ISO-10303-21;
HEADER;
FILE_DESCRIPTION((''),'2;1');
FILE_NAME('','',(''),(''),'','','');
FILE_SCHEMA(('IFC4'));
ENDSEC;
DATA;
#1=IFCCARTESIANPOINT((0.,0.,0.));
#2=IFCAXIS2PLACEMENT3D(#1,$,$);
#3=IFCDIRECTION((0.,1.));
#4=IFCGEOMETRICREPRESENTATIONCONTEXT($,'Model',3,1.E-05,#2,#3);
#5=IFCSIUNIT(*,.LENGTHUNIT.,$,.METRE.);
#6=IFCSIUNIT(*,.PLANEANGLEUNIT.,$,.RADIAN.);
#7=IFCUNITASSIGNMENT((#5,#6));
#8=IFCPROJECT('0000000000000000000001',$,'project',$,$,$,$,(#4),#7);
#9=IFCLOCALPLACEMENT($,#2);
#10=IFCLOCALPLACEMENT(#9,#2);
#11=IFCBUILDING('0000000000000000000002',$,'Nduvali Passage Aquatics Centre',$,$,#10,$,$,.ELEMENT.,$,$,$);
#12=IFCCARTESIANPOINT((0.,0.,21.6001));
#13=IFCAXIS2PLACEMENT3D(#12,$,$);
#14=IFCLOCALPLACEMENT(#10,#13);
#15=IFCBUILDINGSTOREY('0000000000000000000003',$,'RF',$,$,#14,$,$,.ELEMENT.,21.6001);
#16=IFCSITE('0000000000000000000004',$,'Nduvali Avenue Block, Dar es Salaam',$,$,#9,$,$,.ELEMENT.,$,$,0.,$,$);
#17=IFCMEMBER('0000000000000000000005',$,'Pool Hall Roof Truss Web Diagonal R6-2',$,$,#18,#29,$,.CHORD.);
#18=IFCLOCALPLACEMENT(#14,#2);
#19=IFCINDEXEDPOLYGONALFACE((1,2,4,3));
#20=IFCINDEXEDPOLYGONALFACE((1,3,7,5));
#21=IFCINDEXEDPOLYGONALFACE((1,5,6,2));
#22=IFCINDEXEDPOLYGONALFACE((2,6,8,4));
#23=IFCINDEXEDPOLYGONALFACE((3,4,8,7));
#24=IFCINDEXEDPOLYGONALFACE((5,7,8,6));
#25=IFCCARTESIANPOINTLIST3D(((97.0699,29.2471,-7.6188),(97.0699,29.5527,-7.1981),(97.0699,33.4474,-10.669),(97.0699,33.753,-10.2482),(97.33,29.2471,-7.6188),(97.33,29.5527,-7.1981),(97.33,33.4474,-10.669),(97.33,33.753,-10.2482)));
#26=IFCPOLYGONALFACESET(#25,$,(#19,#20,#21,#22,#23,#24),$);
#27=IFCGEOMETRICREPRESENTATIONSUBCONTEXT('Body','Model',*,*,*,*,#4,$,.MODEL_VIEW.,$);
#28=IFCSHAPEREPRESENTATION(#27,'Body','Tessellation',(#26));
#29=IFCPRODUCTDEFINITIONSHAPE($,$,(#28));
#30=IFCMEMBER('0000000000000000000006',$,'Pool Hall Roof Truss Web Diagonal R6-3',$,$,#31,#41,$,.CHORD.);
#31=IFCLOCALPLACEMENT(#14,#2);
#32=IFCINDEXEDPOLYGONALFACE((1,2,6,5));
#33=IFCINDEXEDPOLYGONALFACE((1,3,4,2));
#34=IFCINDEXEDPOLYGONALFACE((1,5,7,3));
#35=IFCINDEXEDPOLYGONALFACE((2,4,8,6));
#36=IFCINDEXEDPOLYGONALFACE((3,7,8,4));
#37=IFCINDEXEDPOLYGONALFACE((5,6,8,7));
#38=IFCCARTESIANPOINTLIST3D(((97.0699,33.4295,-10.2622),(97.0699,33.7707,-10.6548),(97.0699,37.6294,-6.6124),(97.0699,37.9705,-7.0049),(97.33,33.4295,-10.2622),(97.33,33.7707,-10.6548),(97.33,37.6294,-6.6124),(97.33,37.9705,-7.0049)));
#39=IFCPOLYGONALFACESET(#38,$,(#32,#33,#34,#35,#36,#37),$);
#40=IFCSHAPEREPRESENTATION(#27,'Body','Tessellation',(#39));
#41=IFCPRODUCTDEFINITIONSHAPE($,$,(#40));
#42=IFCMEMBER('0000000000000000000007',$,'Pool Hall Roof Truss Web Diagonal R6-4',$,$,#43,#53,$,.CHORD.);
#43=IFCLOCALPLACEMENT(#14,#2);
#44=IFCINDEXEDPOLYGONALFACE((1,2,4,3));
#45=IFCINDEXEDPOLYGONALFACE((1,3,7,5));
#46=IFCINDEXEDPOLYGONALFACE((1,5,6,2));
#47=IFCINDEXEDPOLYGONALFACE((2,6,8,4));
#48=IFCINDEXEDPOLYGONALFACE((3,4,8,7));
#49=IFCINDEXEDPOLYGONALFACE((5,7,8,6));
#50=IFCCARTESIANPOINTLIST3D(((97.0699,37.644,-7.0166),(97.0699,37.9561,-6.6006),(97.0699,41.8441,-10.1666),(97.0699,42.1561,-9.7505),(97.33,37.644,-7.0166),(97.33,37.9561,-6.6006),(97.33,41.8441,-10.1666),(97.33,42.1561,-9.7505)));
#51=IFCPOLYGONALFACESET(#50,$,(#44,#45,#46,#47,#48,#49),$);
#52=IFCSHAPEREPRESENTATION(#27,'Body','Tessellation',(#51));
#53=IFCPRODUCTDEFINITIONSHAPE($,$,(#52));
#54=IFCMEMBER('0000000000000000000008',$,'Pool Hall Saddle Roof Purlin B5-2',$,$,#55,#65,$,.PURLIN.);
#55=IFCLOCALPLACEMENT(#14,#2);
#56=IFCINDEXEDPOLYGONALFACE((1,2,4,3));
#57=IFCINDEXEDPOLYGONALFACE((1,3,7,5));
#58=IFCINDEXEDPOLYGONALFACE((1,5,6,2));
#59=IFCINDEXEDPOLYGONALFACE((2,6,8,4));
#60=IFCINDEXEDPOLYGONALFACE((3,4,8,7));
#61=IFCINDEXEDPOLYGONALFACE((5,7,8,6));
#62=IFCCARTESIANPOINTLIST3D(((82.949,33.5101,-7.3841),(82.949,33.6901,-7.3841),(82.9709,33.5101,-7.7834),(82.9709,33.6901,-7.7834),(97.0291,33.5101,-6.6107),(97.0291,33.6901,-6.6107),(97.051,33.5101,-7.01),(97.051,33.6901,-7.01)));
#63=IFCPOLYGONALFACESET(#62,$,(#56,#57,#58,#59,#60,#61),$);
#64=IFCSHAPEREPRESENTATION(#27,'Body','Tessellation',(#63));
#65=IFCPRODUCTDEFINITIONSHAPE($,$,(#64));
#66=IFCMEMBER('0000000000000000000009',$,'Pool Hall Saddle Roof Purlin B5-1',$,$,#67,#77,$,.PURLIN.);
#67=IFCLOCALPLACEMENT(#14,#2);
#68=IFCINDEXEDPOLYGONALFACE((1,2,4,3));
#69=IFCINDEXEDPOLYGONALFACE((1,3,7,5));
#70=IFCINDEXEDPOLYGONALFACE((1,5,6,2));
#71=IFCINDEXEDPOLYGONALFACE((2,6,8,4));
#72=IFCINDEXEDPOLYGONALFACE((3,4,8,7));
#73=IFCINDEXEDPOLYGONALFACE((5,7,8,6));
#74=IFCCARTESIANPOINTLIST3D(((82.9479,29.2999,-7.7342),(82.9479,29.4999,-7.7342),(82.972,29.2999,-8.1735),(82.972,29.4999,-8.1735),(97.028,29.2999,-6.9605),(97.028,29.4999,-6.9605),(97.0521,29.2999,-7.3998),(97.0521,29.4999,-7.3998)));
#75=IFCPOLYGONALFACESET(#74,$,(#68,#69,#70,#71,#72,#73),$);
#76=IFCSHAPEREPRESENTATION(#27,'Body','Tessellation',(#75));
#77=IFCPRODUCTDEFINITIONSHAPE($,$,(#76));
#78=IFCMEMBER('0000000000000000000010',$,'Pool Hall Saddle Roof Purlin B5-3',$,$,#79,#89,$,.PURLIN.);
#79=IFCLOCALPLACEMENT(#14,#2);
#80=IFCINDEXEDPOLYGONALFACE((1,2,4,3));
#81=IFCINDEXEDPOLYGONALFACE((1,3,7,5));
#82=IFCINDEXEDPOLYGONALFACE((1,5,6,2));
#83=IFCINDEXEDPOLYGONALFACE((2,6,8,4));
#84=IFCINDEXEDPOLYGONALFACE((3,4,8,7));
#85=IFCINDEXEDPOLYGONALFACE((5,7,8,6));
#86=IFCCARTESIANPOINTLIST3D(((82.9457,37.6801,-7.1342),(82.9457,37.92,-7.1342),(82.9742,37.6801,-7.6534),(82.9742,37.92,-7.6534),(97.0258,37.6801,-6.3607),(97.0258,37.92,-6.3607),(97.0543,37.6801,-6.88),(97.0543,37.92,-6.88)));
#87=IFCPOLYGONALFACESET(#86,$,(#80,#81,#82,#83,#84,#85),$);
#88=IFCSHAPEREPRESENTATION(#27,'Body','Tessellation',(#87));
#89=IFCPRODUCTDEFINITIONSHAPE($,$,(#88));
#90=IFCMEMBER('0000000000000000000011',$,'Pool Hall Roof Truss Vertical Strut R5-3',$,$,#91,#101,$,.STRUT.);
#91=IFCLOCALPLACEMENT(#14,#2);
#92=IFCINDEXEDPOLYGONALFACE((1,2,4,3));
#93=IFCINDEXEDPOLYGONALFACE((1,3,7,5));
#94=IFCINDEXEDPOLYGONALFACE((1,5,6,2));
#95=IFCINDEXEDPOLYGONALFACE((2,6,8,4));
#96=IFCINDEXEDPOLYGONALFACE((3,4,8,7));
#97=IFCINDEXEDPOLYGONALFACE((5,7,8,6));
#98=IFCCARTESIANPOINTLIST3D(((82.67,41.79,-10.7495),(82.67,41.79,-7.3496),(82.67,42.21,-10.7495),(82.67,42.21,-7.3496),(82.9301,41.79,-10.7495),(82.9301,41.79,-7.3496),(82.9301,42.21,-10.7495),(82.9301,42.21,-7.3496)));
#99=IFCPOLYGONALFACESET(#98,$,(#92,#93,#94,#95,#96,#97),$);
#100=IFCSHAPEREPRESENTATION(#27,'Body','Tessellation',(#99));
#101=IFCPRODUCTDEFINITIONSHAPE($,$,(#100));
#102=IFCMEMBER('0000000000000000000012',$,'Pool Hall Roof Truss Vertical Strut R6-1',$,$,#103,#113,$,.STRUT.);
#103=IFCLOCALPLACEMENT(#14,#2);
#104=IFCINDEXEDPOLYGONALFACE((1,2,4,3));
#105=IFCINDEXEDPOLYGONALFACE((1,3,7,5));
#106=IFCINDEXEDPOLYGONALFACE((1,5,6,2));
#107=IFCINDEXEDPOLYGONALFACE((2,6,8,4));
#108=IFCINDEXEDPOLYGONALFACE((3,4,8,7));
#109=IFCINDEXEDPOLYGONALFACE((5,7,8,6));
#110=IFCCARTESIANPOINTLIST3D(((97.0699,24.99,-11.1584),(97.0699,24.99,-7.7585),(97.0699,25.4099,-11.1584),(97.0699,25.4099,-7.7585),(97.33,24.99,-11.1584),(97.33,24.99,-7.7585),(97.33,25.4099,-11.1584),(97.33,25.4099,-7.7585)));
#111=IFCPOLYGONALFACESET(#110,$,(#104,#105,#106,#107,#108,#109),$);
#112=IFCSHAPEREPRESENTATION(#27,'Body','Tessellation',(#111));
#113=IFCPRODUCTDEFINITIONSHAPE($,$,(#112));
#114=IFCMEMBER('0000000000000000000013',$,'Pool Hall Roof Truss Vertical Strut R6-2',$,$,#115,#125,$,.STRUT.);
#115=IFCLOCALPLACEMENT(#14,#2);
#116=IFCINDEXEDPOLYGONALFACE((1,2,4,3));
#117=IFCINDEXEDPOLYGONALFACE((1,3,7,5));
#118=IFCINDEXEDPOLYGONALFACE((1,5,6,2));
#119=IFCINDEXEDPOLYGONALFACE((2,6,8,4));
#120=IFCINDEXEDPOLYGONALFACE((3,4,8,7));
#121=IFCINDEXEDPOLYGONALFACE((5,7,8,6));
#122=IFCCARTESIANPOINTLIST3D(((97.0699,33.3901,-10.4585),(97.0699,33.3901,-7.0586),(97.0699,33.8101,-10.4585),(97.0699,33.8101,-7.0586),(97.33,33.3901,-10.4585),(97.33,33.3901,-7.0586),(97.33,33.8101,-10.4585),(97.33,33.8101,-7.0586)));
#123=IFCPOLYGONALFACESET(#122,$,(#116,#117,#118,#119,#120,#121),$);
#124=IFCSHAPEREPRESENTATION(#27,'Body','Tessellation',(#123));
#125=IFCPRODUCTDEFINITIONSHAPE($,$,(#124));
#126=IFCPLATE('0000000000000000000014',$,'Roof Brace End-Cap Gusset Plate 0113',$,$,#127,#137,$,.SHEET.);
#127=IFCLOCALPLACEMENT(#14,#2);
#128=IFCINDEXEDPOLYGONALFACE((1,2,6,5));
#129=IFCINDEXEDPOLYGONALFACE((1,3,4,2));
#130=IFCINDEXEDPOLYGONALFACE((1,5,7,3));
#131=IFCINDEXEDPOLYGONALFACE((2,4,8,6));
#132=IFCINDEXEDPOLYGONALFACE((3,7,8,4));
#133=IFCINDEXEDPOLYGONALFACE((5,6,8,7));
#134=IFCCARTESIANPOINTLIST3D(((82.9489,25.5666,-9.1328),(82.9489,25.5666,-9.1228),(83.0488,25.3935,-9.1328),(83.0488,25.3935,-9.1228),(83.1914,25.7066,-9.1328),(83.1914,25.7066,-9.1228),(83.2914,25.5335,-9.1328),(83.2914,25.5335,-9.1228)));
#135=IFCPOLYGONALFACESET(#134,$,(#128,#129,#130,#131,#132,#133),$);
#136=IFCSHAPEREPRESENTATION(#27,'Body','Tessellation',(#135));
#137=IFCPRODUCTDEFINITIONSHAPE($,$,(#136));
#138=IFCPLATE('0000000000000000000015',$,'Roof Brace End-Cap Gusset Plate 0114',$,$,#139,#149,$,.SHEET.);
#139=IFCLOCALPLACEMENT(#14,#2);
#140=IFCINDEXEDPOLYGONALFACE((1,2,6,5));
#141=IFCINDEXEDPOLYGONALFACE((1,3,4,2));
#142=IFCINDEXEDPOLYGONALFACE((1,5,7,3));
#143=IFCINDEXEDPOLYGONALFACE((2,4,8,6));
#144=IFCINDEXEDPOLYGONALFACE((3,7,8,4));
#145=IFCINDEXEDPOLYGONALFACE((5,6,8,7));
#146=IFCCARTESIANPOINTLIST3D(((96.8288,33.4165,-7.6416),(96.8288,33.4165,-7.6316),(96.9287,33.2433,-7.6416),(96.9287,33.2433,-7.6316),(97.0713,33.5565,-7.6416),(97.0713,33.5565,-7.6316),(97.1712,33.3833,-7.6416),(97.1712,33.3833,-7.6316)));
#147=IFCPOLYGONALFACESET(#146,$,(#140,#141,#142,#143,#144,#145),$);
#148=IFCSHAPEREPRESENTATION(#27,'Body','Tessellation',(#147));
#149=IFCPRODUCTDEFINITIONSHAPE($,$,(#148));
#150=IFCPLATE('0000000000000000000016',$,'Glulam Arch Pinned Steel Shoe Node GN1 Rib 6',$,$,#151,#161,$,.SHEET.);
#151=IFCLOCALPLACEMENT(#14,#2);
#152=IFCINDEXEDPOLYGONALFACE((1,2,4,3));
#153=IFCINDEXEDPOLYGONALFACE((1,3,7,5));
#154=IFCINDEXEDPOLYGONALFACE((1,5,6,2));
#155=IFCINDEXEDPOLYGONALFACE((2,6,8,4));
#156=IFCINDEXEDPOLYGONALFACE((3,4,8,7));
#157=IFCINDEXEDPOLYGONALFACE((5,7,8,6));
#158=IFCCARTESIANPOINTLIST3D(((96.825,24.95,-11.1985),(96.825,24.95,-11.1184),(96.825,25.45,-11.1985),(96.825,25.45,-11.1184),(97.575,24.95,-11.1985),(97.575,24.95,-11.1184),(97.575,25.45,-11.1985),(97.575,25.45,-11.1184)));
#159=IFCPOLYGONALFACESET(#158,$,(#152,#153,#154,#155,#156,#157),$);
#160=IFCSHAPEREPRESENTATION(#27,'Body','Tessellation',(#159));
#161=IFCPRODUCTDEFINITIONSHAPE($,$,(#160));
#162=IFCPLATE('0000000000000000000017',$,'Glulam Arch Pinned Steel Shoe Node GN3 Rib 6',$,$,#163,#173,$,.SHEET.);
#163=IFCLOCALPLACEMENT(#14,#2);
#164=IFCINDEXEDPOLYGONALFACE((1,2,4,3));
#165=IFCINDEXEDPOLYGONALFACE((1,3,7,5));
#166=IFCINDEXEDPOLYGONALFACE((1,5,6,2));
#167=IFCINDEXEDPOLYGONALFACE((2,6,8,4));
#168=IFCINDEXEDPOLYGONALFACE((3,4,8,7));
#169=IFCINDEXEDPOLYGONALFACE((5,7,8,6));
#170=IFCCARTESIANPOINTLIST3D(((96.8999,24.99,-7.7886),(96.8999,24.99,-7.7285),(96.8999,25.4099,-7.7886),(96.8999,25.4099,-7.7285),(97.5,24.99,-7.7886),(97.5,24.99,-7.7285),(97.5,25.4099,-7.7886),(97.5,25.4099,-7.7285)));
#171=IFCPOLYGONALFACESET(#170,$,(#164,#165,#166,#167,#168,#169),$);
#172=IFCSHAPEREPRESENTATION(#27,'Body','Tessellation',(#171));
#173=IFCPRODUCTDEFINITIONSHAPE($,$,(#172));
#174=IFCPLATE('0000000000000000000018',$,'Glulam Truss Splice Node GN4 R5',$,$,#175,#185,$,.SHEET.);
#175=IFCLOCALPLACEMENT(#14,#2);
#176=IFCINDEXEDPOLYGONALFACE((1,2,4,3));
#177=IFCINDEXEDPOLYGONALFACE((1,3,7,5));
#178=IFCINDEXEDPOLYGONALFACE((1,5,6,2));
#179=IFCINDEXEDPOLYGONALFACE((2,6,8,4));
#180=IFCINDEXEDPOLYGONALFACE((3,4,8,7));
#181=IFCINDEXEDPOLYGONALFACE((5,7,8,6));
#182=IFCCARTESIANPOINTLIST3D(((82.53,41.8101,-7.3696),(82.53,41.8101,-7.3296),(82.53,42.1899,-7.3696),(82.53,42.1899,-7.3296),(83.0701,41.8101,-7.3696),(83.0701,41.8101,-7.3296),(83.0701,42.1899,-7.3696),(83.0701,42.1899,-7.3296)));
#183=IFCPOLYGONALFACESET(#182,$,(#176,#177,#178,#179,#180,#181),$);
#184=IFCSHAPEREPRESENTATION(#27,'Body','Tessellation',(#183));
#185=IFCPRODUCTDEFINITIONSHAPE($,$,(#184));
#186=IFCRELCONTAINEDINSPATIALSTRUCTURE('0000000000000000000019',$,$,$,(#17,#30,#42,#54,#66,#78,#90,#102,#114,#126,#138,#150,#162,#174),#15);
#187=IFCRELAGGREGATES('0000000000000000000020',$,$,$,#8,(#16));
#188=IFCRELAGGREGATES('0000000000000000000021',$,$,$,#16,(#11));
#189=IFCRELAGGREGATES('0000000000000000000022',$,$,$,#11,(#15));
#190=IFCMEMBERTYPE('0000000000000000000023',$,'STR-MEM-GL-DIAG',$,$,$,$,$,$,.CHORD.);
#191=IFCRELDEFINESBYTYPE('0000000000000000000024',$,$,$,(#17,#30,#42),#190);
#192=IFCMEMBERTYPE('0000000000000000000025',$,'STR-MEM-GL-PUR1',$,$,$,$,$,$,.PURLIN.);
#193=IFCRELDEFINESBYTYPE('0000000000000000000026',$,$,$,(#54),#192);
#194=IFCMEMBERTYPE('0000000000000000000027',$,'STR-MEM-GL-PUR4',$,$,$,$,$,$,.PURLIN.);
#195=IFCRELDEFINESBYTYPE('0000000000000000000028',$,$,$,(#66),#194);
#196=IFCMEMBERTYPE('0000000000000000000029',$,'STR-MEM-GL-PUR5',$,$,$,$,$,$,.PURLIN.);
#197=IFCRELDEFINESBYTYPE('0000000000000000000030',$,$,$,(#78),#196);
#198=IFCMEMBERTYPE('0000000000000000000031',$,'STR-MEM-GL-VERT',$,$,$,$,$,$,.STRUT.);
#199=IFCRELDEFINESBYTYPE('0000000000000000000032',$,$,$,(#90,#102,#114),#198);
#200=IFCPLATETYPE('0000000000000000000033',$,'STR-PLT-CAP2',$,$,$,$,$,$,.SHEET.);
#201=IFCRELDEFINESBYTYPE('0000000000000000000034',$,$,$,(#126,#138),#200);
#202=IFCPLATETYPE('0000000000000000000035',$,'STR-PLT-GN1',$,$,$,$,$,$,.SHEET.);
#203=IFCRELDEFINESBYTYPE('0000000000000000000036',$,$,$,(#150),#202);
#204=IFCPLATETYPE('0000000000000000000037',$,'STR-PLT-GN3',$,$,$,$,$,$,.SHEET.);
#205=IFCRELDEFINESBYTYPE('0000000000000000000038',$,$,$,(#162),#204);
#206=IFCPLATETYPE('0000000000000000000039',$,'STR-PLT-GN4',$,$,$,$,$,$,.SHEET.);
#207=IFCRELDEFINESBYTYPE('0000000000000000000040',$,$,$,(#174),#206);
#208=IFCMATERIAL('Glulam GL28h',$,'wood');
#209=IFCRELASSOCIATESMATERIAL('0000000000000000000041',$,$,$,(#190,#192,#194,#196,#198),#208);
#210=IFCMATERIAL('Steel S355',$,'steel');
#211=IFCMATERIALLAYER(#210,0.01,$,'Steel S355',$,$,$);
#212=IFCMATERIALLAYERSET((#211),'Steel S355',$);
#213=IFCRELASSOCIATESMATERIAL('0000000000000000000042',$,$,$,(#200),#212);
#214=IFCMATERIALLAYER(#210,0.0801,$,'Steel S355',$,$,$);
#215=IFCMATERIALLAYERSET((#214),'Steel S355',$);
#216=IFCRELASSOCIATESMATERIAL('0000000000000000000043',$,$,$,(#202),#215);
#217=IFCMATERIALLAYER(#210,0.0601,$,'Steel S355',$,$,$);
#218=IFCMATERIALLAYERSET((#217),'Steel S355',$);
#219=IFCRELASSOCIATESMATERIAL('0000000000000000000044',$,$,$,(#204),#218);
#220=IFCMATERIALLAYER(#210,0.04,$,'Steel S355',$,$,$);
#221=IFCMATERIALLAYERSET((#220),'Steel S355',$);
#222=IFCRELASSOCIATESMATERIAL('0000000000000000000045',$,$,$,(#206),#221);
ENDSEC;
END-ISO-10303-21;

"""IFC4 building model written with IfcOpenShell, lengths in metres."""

from ifc_helpers import new_model, si_unit, direction, frame, origin, origin_2d, place, context, subcontext, project, spatial, rectangle, extrude, material, layer, layer_set, material_profile, profile_set, type_object, element, save


model = new_model("IFC4")

# Units and contexts
model_context = context("Model", 3, precision=1e-05, world=origin(), true_north=direction((0.0, 1.0)))
body_context = subcontext(model_context, "Body", "Model", "MODEL_VIEW")
ifc_project = project(units=[si_unit("LENGTHUNIT", "METRE"), si_unit("PLANEANGLEUNIT", "RADIAN")], contexts=[model_context])

# Site, building, storey
site_placement = place(None, origin())
site = spatial("IfcSite", under=ifc_project, at=site_placement, Name="Nduvali Avenue Block, Dar es Salaam", CompositionType="ELEMENT", RefElevation=0.0)
building_placement = place(site_placement, origin())
building = spatial("IfcBuilding", under=site, at=building_placement, Name="Nduvali Passage Aquatics Centre", CompositionType="ELEMENT")
storey_placement = place(building_placement, frame((0.0, 0.0, 21.6001)))
storey = spatial("IfcBuildingStorey", under=building, at=storey_placement, Name="RF", CompositionType="ELEMENT", Elevation=21.6001)

# Members
ifc_material_1 = material(Name="Steel S355", Category="steel")
ifc_material_2 = material(Name="Glulam GL28h", Category="wood")
ifc_material_profile_1 = material_profile(ifc_material_2, rectangle(XDim=0.26, YDim=0.52, at=origin_2d()), Name="GL28h 260x520")
ifc_profile_set_1 = profile_set([ifc_material_profile_1], Name="Glulam GL28h")
member_type_1 = type_object("IfcMemberType", Name="STR-MEM-GL-DIAG", PredefinedType="CHORD", material=ifc_profile_set_1)
member_1_placement = place(storey_placement, frame((97.2, 29.3999, -7.4084), z_axis=(0.0, 0.809161, -0.587587), x_axis=(-1.0, 0.0, 0.0)))
element("IfcMember", 1, at=member_1_placement, inside=storey, type_object=member_type_1, Name="Pool Hall Roof Truss Web Diagonal R6-2", PredefinedType="CHORD", context=body_context, shape_type="SweptSolid", body=[
    extrude(rectangle(XDim=0.26, YDim=0.52, at=origin_2d()), origin(), (0.0, 0.0, 1.0), 5.1909),
])
member_2_placement = place(storey_placement, frame((97.2, 33.6001, -10.4585), z_axis=(0.0, 0.754804, 0.655951), x_axis=(-1.0, 0.0, 0.0)))
element("IfcMember", 2, at=member_2_placement, inside=storey, type_object=member_type_1, Name="Pool Hall Roof Truss Web Diagonal R6-3", PredefinedType="CHORD", context=body_context, shape_type="SweptSolid", body=[
    extrude(rectangle(XDim=0.26, YDim=0.52, at=origin_2d()), origin(), (0.0, 0.0, 1.0), 5.5642),
])
member_3_placement = place(storey_placement, frame((97.2, 37.8, -6.8086), z_axis=(0.0, 0.800006, -0.599993), x_axis=(-1.0, 0.0, 0.0)))
element("IfcMember", 3, at=member_3_placement, inside=storey, type_object=member_type_1, Name="Pool Hall Roof Truss Web Diagonal R6-4", PredefinedType="CHORD", context=body_context, shape_type="SweptSolid", body=[
    extrude(rectangle(XDim=0.26, YDim=0.52, at=origin_2d()), origin(), (0.0, 0.0, 1.0), 5.25),
])
ifc_material_profile_2 = material_profile(ifc_material_2, rectangle(XDim=0.1799, YDim=0.3999, at=origin_2d()), Name="GL28h 180x400")
ifc_profile_set_2 = profile_set([ifc_material_profile_2], Name="Glulam GL28h")
member_type_2 = type_object("IfcMemberType", Name="STR-MEM-GL-PUR1", PredefinedType="PURLIN", material=ifc_profile_set_2)
member_4_placement = place(storey_placement, frame((82.96, 33.6001, -7.5837), z_axis=(0.998495, 0.0, 0.054849), x_axis=(0.0, 1.0, 0.0)))
element("IfcMember", 4, at=member_4_placement, inside=storey, type_object=member_type_2, Name="Pool Hall Saddle Roof Purlin B5-2", PredefinedType="PURLIN", context=body_context, shape_type="SweptSolid", body=[
    extrude(rectangle(XDim=0.1799, YDim=0.3999, at=origin_2d()), origin(), (0.0, 0.0, 1.0), 14.1013),
])
ifc_material_profile_3 = material_profile(ifc_material_2, rectangle(XDim=0.2, YDim=0.4399, at=origin_2d()), Name="GL28h 200x440")
ifc_profile_set_3 = profile_set([ifc_material_profile_3], Name="Glulam GL28h")
member_type_3 = type_object("IfcMemberType", Name="STR-MEM-GL-PUR4", PredefinedType="PURLIN", material=ifc_profile_set_3)
member_5_placement = place(storey_placement, frame((82.96, 29.3999, -7.9539), z_axis=(0.998494, 0.0, 0.054866), x_axis=(0.0, 1.0, 0.0)))
element("IfcMember", 5, at=member_5_placement, inside=storey, type_object=member_type_3, Name="Pool Hall Saddle Roof Purlin B5-1", PredefinedType="PURLIN", context=body_context, shape_type="SweptSolid", body=[
    extrude(rectangle(XDim=0.2, YDim=0.4399, at=origin_2d()), origin(), (0.0, 0.0, 1.0), 14.1013),
])
ifc_material_profile_4 = material_profile(ifc_material_2, rectangle(XDim=0.24, YDim=0.52, at=origin_2d()), Name="GL28h 240x520")
ifc_profile_set_4 = profile_set([ifc_material_profile_4], Name="Glulam GL28h")
member_type_4 = type_object("IfcMemberType", Name="STR-MEM-GL-PUR5", PredefinedType="PURLIN", material=ifc_profile_set_4)
member_6_placement = place(storey_placement, frame((82.96, 37.8, -7.3938), z_axis=(0.998495, 0.0, 0.054849), x_axis=(0.0, 1.0, 0.0)))
element("IfcMember", 6, at=member_6_placement, inside=storey, type_object=member_type_4, Name="Pool Hall Saddle Roof Purlin B5-3", PredefinedType="PURLIN", context=body_context, shape_type="SweptSolid", body=[
    extrude(rectangle(XDim=0.24, YDim=0.52, at=origin_2d()), origin(), (0.0, 0.0, 1.0), 14.1013),
])
ifc_material_profile_5 = material_profile(ifc_material_2, rectangle(XDim=0.26, YDim=0.4199, at=origin_2d()), Name="GL28h 260x420")
ifc_profile_set_5 = profile_set([ifc_material_profile_5], Name="Glulam GL28h")
member_type_5 = type_object("IfcMemberType", Name="STR-MEM-GL-VERT", PredefinedType="STRUT", material=ifc_profile_set_5)
for number, where, z_axis, x_axis, name in (
    (7, (82.8, 42.0, -10.7495), (0.0, 0.0, 1.0), (1.0, 0.0, 0.0), "Pool Hall Roof Truss Vertical Strut R5-3"),
    (8, (97.2, 25.2, -11.1584), (0.0, 0.0, 1.0), (1.0, 0.0, 0.0), "Pool Hall Roof Truss Vertical Strut R6-1"),
    (9, (97.2, 33.6001, -10.4585), (0.0, 0.0, 1.0), (1.0, 0.0, 0.0), "Pool Hall Roof Truss Vertical Strut R6-2"),
):
    element("IfcMember", number, at=place(storey_placement, frame(where, z_axis=z_axis, x_axis=x_axis)), inside=storey, type_object=member_type_5, Name=name, PredefinedType="STRUT", context=body_context, shape_type="SweptSolid", body=[
        extrude(rectangle(XDim=0.26, YDim=0.4199, at=origin_2d()), origin(), (0.0, 0.0, 1.0), 3.3999),
    ])

# Plates
ifc_layer_1 = layer(ifc_material_1, 0.01, Name="Steel S355")
ifc_layer_set_1 = layer_set([ifc_layer_1], Name="Steel S355")
plate_type_1 = type_object("IfcPlateType", Name="STR-PLT-CAP2", PredefinedType="SHEET", material=ifc_layer_set_1)
for number, where, z_axis, x_axis, name in (
    (10, (83.1201, 25.55, -9.1328), (0.0, 0.0, 1.0), (0.866025, 0.5, 0.0), "Roof Brace End-Cap Gusset Plate 0113"),
    (11, (97.0, 33.3999, -7.6416), (0.0, 0.0, 1.0), (0.866025, 0.5, 0.0), "Roof Brace End-Cap Gusset Plate 0114"),
):
    element("IfcPlate", number, at=place(storey_placement, frame(where, z_axis=z_axis, x_axis=x_axis)), inside=storey, type_object=plate_type_1, Name=name, PredefinedType="SHEET", context=body_context, shape_type="SweptSolid", body=[
        extrude(rectangle(XDim=0.28, YDim=0.2, at=origin_2d()), origin(), (0.0, 0.0, 1.0), 0.01),
    ])
ifc_layer_2 = layer(ifc_material_1, 0.0801, Name="Steel S355")
ifc_layer_set_2 = layer_set([ifc_layer_2], Name="Steel S355")
plate_type_2 = type_object("IfcPlateType", Name="STR-PLT-GN1", PredefinedType="SHEET", material=ifc_layer_set_2)
plate_1_placement = place(storey_placement, frame((97.2, 25.2, -11.1985), z_axis=(0.0, 0.0, 1.0), x_axis=(1.0, 0.0, 0.0)))
element("IfcPlate", 12, at=plate_1_placement, inside=storey, type_object=plate_type_2, Name="Glulam Arch Pinned Steel Shoe Node GN1 Rib 6", PredefinedType="SHEET", context=body_context, shape_type="SweptSolid", body=[
    extrude(rectangle(XDim=0.75, YDim=0.5, at=origin_2d()), origin(), (0.0, 0.0, 1.0), 0.0801),
])
ifc_layer_3 = layer(ifc_material_1, 0.0601, Name="Steel S355")
ifc_layer_set_3 = layer_set([ifc_layer_3], Name="Steel S355")
plate_type_3 = type_object("IfcPlateType", Name="STR-PLT-GN3", PredefinedType="SHEET", material=ifc_layer_set_3)
plate_2_placement = place(storey_placement, frame((97.2, 25.2, -7.7886), z_axis=(0.0, 0.0, 1.0), x_axis=(1.0, 0.0, 0.0)))
element("IfcPlate", 13, at=plate_2_placement, inside=storey, type_object=plate_type_3, Name="Glulam Arch Pinned Steel Shoe Node GN3 Rib 6", PredefinedType="SHEET", context=body_context, shape_type="SweptSolid", body=[
    extrude(rectangle(XDim=0.6001, YDim=0.4199, at=origin_2d()), origin(), (0.0, 0.0, 1.0), 0.0601),
])
ifc_layer_4 = layer(ifc_material_1, 0.04, Name="Steel S355")
ifc_layer_set_4 = layer_set([ifc_layer_4], Name="Steel S355")
plate_type_4 = type_object("IfcPlateType", Name="STR-PLT-GN4", PredefinedType="SHEET", material=ifc_layer_set_4)
plate_3_placement = place(storey_placement, frame((82.8, 42.0, -7.3696), z_axis=(0.0, 0.0, 1.0), x_axis=(1.0, 0.0, 0.0)))
element("IfcPlate", 14, at=plate_3_placement, inside=storey, type_object=plate_type_4, Name="Glulam Truss Splice Node GN4 R5", PredefinedType="SHEET", context=body_context, shape_type="SweptSolid", body=[
    extrude(rectangle(XDim=0.54, YDim=0.3799, at=origin_2d()), origin(), (0.0, 0.0, 1.0), 0.04),
])

save(model, "model.ifc")
